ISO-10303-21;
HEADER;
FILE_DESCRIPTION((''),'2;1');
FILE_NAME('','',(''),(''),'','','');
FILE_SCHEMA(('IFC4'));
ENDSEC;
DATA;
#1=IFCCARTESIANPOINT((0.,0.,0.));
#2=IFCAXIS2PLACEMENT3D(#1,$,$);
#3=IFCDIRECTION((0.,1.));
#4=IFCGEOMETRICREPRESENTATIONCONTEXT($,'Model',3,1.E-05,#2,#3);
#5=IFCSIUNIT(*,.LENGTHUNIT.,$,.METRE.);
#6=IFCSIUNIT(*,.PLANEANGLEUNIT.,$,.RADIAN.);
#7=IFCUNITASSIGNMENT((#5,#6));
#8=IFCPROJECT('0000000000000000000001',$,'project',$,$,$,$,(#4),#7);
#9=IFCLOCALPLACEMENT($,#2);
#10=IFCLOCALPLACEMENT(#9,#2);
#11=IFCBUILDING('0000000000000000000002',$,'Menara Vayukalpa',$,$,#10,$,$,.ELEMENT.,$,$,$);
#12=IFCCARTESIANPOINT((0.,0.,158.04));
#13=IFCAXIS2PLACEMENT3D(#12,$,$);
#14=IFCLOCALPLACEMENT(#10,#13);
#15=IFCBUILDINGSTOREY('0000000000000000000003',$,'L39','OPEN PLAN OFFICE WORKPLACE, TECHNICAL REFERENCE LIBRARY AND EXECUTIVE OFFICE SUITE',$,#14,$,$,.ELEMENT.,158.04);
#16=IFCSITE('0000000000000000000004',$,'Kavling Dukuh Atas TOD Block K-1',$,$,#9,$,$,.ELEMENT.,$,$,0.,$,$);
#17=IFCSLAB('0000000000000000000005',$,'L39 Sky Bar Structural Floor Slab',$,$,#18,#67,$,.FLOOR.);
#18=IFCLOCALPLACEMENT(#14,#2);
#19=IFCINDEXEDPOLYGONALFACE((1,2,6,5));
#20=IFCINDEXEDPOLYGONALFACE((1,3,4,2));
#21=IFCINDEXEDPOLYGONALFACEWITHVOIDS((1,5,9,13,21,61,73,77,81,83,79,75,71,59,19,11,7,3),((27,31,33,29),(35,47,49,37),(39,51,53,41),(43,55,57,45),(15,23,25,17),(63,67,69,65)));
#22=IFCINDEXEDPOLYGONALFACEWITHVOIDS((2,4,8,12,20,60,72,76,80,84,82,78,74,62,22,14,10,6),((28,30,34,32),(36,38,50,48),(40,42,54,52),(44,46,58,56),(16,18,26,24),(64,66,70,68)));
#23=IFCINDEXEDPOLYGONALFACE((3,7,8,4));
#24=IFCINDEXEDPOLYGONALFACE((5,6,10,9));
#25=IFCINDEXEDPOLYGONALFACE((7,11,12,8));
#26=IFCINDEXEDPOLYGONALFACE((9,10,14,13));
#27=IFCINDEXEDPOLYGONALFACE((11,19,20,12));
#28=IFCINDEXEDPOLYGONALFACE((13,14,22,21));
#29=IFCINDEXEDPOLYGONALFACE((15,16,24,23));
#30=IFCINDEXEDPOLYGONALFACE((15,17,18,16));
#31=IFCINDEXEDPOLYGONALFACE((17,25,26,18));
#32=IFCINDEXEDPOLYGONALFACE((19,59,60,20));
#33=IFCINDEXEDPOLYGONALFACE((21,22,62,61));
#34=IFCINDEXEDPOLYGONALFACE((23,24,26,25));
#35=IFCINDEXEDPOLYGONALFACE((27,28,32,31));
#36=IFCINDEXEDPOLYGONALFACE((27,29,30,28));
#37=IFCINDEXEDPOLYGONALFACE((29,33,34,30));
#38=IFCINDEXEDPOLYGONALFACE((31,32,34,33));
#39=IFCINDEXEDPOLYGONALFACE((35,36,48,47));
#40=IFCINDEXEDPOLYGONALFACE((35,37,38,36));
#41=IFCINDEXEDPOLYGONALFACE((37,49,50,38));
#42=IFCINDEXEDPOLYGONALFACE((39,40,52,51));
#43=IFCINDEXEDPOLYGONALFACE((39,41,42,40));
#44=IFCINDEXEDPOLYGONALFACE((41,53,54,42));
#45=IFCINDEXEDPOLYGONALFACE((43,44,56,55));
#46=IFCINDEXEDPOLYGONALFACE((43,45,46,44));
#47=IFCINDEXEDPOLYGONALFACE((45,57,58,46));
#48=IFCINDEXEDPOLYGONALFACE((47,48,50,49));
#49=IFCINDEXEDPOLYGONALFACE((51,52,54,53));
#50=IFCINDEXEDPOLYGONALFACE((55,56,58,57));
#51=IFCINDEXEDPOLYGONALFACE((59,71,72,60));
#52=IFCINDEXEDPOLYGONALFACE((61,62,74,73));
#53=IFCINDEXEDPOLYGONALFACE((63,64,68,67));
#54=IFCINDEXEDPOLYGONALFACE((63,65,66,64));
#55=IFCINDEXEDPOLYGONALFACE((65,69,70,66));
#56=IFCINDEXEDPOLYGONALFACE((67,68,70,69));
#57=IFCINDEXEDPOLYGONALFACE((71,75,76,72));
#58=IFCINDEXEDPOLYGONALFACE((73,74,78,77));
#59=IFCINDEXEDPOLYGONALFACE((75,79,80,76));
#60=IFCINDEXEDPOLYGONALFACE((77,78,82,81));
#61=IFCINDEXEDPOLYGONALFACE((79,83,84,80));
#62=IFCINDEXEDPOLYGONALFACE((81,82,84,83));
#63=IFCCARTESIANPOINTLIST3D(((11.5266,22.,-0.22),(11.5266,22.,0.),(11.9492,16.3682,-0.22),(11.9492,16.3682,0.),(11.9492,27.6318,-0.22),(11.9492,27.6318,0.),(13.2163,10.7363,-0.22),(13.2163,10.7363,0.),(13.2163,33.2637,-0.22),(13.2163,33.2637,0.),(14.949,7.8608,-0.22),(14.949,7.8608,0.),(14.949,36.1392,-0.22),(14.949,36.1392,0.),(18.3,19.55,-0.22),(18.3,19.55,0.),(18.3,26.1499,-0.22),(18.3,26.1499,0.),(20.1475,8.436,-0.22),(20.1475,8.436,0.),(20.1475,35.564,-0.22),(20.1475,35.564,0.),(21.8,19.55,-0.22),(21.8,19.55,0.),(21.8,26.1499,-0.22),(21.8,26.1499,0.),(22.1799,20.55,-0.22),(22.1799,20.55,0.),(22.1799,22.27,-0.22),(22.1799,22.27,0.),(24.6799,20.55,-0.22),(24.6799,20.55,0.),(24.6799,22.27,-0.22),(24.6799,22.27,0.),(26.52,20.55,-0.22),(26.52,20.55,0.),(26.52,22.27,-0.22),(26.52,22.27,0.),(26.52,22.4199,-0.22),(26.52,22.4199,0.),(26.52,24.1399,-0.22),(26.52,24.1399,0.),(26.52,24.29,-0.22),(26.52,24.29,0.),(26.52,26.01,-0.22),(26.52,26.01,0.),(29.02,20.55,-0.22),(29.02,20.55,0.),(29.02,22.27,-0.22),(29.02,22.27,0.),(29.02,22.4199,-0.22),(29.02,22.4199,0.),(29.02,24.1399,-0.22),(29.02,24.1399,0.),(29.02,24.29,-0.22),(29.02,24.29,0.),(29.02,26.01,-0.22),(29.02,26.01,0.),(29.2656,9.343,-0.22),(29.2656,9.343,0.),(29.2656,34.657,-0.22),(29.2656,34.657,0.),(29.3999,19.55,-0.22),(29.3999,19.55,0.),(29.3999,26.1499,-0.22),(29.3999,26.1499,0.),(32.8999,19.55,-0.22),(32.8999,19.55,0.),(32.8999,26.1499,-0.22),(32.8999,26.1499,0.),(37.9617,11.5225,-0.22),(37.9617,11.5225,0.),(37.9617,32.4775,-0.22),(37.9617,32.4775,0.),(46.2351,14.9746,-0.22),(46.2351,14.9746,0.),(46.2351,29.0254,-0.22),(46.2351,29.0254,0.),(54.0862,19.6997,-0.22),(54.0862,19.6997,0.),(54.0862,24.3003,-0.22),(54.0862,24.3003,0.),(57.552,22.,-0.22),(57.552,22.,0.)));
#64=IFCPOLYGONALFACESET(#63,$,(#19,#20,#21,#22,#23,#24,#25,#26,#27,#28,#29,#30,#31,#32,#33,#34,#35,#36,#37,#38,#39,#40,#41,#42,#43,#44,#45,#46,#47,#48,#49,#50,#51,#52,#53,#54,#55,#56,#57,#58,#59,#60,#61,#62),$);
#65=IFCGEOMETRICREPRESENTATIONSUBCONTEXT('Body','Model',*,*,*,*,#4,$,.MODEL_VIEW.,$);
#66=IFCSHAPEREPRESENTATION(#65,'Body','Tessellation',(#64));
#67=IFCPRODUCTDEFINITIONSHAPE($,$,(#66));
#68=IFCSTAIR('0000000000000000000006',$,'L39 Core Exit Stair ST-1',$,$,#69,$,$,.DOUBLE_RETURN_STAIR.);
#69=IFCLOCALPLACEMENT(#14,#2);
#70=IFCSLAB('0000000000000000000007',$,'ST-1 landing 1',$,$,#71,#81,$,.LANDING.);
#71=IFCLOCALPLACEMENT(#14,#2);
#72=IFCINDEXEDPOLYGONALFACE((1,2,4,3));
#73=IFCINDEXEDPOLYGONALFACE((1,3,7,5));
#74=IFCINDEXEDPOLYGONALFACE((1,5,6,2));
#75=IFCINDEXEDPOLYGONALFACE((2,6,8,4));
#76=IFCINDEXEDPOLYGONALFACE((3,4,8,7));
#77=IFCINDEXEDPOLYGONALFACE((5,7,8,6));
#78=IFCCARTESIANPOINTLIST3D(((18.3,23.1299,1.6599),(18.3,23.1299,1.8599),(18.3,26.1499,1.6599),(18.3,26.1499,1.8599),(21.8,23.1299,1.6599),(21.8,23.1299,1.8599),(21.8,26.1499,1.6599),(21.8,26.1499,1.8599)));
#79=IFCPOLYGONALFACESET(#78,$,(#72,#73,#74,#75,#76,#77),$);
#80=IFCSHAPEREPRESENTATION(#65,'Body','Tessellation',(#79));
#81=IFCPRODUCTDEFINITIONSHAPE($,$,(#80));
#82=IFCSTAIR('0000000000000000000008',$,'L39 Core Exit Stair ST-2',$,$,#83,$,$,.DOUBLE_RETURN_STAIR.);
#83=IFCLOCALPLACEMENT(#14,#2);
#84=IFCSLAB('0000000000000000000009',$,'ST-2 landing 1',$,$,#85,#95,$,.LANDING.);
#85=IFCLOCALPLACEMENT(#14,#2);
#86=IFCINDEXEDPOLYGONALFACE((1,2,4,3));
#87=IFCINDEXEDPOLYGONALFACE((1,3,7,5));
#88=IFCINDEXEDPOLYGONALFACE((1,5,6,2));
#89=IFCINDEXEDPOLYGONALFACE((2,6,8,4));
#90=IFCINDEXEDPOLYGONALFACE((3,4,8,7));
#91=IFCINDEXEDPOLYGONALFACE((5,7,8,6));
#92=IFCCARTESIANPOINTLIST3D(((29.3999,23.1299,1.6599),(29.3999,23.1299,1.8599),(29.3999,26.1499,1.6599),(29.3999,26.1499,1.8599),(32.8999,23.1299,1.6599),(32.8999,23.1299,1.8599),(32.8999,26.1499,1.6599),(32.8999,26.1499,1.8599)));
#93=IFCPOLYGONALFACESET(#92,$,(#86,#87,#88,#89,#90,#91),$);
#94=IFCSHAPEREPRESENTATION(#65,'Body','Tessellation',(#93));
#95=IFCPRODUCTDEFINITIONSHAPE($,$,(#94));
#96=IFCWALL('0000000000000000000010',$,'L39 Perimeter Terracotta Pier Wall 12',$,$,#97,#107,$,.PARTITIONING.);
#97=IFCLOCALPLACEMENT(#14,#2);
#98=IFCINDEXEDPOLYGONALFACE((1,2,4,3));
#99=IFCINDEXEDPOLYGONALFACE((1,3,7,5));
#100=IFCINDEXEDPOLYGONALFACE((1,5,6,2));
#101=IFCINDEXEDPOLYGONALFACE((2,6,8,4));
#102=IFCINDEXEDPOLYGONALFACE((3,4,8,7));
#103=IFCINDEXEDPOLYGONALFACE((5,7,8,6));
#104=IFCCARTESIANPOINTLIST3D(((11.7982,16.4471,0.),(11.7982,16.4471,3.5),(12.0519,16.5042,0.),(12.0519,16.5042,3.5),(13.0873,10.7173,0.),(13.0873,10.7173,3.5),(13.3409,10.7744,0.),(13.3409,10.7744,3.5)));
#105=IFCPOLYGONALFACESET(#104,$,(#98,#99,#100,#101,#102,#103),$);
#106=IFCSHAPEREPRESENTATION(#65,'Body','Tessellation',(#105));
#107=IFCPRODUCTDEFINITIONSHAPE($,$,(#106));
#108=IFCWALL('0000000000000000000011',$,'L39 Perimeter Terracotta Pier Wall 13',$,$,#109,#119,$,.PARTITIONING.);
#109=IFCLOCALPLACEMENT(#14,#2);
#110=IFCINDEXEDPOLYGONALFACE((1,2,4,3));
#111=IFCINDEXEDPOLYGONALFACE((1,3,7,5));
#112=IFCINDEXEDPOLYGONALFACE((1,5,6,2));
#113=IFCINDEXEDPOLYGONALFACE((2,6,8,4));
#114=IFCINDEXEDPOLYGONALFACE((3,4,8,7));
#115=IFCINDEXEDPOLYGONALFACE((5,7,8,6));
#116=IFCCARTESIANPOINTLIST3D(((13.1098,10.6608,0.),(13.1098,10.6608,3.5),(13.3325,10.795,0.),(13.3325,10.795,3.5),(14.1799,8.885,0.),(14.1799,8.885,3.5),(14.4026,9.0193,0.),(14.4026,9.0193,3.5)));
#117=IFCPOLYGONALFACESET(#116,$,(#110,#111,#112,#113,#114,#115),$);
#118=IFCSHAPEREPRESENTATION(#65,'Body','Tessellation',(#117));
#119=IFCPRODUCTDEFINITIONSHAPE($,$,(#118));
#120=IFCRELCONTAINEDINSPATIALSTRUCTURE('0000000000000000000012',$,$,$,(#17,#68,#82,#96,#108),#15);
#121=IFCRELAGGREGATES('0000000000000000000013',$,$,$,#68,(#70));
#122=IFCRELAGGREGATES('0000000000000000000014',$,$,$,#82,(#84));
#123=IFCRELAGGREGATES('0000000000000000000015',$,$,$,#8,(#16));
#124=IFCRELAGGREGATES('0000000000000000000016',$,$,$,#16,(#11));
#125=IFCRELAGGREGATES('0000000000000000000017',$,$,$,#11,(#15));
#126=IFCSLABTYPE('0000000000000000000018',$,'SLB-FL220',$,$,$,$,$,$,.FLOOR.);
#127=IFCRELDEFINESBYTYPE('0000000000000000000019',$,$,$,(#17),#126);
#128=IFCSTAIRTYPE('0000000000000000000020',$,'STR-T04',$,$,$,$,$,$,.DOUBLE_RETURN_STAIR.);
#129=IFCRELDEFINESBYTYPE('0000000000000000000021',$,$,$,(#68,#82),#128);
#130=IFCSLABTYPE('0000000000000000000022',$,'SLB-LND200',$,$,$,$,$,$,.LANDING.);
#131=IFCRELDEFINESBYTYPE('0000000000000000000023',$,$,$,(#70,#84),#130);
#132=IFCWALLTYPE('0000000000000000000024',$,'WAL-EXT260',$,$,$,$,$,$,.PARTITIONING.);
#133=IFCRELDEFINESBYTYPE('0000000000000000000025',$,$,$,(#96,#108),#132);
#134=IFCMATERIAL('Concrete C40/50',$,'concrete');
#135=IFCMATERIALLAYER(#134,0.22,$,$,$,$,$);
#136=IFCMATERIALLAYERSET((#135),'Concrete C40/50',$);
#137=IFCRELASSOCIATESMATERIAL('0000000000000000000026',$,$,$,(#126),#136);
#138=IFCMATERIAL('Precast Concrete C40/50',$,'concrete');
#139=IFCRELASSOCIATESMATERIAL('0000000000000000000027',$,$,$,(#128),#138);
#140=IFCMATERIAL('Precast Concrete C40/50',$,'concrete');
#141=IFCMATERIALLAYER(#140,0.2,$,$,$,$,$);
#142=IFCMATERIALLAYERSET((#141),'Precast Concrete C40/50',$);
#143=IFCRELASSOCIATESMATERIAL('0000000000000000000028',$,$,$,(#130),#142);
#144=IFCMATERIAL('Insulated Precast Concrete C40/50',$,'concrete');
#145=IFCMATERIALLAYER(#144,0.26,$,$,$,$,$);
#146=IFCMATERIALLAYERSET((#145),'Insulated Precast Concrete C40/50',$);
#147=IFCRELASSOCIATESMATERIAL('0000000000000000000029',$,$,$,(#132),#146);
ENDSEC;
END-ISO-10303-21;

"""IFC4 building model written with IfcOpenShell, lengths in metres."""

from ifc_helpers import new_model, si_unit, direction, frame, frame_2d, origin, place, context, subcontext, project, spatial, polyline, rectangle, outline, extrude, material, layer, layer_set, type_object, element, aggregate, save


model = new_model("IFC4")

# Units and contexts
model_context = context("Model", 3, precision=1e-05, world=origin(), true_north=direction((0.0, 1.0)))
body_context = subcontext(model_context, "Body", "Model", "MODEL_VIEW")
ifc_project = project(units=[si_unit("LENGTHUNIT", "METRE"), si_unit("PLANEANGLEUNIT", "RADIAN")], contexts=[model_context])

# Site, building, storey
site_placement = place(None, origin())
site = spatial("IfcSite", under=ifc_project, at=site_placement, Name="Kavling Dukuh Atas TOD Block K-1", CompositionType="ELEMENT", RefElevation=0.0)
building_placement = place(site_placement, origin())
building = spatial("IfcBuilding", under=site, at=building_placement, Name="Menara Vayukalpa", CompositionType="ELEMENT")
storey_placement = place(building_placement, frame((0.0, 0.0, 158.04)))
storey = spatial("IfcBuildingStorey", under=building, at=storey_placement, Name="L39", Description="OPEN PLAN OFFICE WORKPLACE, TECHNICAL REFERENCE LIBRARY AND EXECUTIVE OFFICE SUITE", CompositionType="ELEMENT", Elevation=158.04)

# Slab
ifc_material_1 = material(Name="Concrete C40/50", Category="concrete")
ifc_layer_1 = layer(ifc_material_1, 0.22)
ifc_layer_set_1 = layer_set([ifc_layer_1], Name="Concrete C40/50")
slab_type_1 = type_object("IfcSlabType", Name="SLB-FL220", PredefinedType="FLOOR", material=ifc_layer_set_1)
slab_1_placement = place(storey_placement, frame((0.0, 0.0, -0.22)))
element("IfcSlab", 1, at=slab_1_placement, inside=storey, type_object=slab_type_1, Name="L39 Sky Bar Structural Floor Slab", PredefinedType="FLOOR", context=body_context, shape_type="SweptSolid", body=[
    extrude(outline(polyline([(54.0862, 19.6997), (57.552, 22.0), (54.0862, 24.3003), (46.2351, 29.0254), (37.9617, 32.4775), (29.2656, 34.657), (20.1475, 35.564), (14.949, 36.1392), (13.2163, 33.2637), (11.9492, 27.6318), (11.5266, 22.0), (11.9492, 16.3682), (13.2163, 10.7363), (14.949, 7.8608), (20.1475, 8.436), (29.2656, 9.343), (37.9617, 11.5225), (46.2351, 14.9746), (54.0862, 19.6997)]), holes=[polyline([(21.8, 19.55), (21.8, 26.1499), (18.3, 26.1499), (18.3, 19.55), (21.8, 19.55)]), polyline([(32.8999, 19.55), (32.8999, 26.1499), (29.3999, 26.1499), (29.3999, 19.55), (32.8999, 19.55)]), polyline([(22.1799, 20.55), (24.6799, 20.55), (24.6799, 22.27), (22.1799, 22.27), (22.1799, 20.55)]), polyline([(26.52, 20.55), (29.02, 20.55), (29.02, 22.27), (26.52, 22.27), (26.52, 20.55)]), polyline([(26.52, 24.29), (29.02, 24.29), (29.02, 26.01), (26.52, 26.01), (26.52, 24.29)]), polyline([(26.52, 22.4199), (29.02, 22.4199), (29.02, 24.1399), (26.52, 24.1399), (26.52, 22.4199)])]), origin(), (0.0, 0.0, 1.0), 0.22),
])

# Stairs, slabs
ifc_material_2 = material(Name="Precast Concrete C40/50", Category="concrete")
stair_type = type_object("IfcStairType", Name="STR-T04", PredefinedType="DOUBLE_RETURN_STAIR", material=ifc_material_2)
stair_1_placement = place(storey_placement, origin())
stair_1 = element("IfcStair", 2, at=stair_1_placement, inside=storey, type_object=stair_type, Name="L39 Core Exit Stair ST-1", PredefinedType="DOUBLE_RETURN_STAIR")
ifc_material_3 = material(Name="Precast Concrete C40/50", Category="concrete")
ifc_layer_2 = layer(ifc_material_3, 0.2)
ifc_layer_set_2 = layer_set([ifc_layer_2], Name="Precast Concrete C40/50")
slab_type_2 = type_object("IfcSlabType", Name="SLB-LND200", PredefinedType="LANDING", material=ifc_layer_set_2)
slab_2_placement = place(storey_placement, frame((0.0, 0.0, 1.6599)))
slab_2 = element("IfcSlab", 3, at=slab_2_placement, type_object=slab_type_2, Name="ST-1 landing 1", PredefinedType="LANDING", context=body_context, shape_type="SweptSolid", body=[
    extrude(outline(polyline([(21.8, 23.1299), (21.8, 26.1499), (18.3, 26.1499), (18.3, 23.1299), (21.8, 23.1299)])), origin(), (0.0, 0.0, 1.0), 0.2),
])
aggregate(stair_1, [slab_2])
stair_2_placement = place(storey_placement, origin())
stair_2 = element("IfcStair", 4, at=stair_2_placement, inside=storey, type_object=stair_type, Name="L39 Core Exit Stair ST-2", PredefinedType="DOUBLE_RETURN_STAIR")
slab_3_placement = place(storey_placement, frame((0.0, 0.0, 1.6599)))
slab_3 = element("IfcSlab", 5, at=slab_3_placement, type_object=slab_type_2, Name="ST-2 landing 1", PredefinedType="LANDING", context=body_context, shape_type="SweptSolid", body=[
    extrude(outline(polyline([(32.8999, 23.1299), (32.8999, 26.1499), (29.3999, 26.1499), (29.3999, 23.1299), (32.8999, 23.1299)])), origin(), (0.0, 0.0, 1.0), 0.2),
])
aggregate(stair_2, [slab_3])

# Walls
ifc_material_4 = material(Name="Insulated Precast Concrete C40/50", Category="concrete")
ifc_layer_3 = layer(ifc_material_4, 0.26)
ifc_layer_set_3 = layer_set([ifc_layer_3], Name="Insulated Precast Concrete C40/50")
wall_type = type_object("IfcWallType", Name="WAL-EXT260", PredefinedType="PARTITIONING", material=ifc_layer_set_3)
wall_1_placement = place(storey_placement, frame((13.2141, 10.7458, 0.0), z_axis=(0.0, 0.0, 1.0), x_axis=(-0.219491, 0.975614, 0.0)))
element("IfcWall", 6, at=wall_1_placement, inside=storey, type_object=wall_type, Name="L39 Perimeter Terracotta Pier Wall 12", PredefinedType="PARTITIONING", context=body_context, shape_type="SweptSolid", body=[
    extrude(rectangle(XDim=5.873, YDim=0.26, at=frame_2d((2.9365, 0.0))), origin(), (0.0, 0.0, 1.0), 3.5),
])
wall_2_placement = place(storey_placement, frame((14.2913, 8.9521, 0.0), z_axis=(0.0, 0.0, 1.0), x_axis=(-0.516157, 0.856494, 0.0)))
element("IfcWall", 7, at=wall_2_placement, inside=storey, type_object=wall_type, Name="L39 Perimeter Terracotta Pier Wall 13", PredefinedType="PARTITIONING", context=body_context, shape_type="SweptSolid", body=[
    extrude(rectangle(XDim=2.0732, YDim=0.26, at=frame_2d((1.0366, 0.0))), origin(), (0.0, 0.0, 1.0), 3.5),
])

save(model, "model.ifc")
